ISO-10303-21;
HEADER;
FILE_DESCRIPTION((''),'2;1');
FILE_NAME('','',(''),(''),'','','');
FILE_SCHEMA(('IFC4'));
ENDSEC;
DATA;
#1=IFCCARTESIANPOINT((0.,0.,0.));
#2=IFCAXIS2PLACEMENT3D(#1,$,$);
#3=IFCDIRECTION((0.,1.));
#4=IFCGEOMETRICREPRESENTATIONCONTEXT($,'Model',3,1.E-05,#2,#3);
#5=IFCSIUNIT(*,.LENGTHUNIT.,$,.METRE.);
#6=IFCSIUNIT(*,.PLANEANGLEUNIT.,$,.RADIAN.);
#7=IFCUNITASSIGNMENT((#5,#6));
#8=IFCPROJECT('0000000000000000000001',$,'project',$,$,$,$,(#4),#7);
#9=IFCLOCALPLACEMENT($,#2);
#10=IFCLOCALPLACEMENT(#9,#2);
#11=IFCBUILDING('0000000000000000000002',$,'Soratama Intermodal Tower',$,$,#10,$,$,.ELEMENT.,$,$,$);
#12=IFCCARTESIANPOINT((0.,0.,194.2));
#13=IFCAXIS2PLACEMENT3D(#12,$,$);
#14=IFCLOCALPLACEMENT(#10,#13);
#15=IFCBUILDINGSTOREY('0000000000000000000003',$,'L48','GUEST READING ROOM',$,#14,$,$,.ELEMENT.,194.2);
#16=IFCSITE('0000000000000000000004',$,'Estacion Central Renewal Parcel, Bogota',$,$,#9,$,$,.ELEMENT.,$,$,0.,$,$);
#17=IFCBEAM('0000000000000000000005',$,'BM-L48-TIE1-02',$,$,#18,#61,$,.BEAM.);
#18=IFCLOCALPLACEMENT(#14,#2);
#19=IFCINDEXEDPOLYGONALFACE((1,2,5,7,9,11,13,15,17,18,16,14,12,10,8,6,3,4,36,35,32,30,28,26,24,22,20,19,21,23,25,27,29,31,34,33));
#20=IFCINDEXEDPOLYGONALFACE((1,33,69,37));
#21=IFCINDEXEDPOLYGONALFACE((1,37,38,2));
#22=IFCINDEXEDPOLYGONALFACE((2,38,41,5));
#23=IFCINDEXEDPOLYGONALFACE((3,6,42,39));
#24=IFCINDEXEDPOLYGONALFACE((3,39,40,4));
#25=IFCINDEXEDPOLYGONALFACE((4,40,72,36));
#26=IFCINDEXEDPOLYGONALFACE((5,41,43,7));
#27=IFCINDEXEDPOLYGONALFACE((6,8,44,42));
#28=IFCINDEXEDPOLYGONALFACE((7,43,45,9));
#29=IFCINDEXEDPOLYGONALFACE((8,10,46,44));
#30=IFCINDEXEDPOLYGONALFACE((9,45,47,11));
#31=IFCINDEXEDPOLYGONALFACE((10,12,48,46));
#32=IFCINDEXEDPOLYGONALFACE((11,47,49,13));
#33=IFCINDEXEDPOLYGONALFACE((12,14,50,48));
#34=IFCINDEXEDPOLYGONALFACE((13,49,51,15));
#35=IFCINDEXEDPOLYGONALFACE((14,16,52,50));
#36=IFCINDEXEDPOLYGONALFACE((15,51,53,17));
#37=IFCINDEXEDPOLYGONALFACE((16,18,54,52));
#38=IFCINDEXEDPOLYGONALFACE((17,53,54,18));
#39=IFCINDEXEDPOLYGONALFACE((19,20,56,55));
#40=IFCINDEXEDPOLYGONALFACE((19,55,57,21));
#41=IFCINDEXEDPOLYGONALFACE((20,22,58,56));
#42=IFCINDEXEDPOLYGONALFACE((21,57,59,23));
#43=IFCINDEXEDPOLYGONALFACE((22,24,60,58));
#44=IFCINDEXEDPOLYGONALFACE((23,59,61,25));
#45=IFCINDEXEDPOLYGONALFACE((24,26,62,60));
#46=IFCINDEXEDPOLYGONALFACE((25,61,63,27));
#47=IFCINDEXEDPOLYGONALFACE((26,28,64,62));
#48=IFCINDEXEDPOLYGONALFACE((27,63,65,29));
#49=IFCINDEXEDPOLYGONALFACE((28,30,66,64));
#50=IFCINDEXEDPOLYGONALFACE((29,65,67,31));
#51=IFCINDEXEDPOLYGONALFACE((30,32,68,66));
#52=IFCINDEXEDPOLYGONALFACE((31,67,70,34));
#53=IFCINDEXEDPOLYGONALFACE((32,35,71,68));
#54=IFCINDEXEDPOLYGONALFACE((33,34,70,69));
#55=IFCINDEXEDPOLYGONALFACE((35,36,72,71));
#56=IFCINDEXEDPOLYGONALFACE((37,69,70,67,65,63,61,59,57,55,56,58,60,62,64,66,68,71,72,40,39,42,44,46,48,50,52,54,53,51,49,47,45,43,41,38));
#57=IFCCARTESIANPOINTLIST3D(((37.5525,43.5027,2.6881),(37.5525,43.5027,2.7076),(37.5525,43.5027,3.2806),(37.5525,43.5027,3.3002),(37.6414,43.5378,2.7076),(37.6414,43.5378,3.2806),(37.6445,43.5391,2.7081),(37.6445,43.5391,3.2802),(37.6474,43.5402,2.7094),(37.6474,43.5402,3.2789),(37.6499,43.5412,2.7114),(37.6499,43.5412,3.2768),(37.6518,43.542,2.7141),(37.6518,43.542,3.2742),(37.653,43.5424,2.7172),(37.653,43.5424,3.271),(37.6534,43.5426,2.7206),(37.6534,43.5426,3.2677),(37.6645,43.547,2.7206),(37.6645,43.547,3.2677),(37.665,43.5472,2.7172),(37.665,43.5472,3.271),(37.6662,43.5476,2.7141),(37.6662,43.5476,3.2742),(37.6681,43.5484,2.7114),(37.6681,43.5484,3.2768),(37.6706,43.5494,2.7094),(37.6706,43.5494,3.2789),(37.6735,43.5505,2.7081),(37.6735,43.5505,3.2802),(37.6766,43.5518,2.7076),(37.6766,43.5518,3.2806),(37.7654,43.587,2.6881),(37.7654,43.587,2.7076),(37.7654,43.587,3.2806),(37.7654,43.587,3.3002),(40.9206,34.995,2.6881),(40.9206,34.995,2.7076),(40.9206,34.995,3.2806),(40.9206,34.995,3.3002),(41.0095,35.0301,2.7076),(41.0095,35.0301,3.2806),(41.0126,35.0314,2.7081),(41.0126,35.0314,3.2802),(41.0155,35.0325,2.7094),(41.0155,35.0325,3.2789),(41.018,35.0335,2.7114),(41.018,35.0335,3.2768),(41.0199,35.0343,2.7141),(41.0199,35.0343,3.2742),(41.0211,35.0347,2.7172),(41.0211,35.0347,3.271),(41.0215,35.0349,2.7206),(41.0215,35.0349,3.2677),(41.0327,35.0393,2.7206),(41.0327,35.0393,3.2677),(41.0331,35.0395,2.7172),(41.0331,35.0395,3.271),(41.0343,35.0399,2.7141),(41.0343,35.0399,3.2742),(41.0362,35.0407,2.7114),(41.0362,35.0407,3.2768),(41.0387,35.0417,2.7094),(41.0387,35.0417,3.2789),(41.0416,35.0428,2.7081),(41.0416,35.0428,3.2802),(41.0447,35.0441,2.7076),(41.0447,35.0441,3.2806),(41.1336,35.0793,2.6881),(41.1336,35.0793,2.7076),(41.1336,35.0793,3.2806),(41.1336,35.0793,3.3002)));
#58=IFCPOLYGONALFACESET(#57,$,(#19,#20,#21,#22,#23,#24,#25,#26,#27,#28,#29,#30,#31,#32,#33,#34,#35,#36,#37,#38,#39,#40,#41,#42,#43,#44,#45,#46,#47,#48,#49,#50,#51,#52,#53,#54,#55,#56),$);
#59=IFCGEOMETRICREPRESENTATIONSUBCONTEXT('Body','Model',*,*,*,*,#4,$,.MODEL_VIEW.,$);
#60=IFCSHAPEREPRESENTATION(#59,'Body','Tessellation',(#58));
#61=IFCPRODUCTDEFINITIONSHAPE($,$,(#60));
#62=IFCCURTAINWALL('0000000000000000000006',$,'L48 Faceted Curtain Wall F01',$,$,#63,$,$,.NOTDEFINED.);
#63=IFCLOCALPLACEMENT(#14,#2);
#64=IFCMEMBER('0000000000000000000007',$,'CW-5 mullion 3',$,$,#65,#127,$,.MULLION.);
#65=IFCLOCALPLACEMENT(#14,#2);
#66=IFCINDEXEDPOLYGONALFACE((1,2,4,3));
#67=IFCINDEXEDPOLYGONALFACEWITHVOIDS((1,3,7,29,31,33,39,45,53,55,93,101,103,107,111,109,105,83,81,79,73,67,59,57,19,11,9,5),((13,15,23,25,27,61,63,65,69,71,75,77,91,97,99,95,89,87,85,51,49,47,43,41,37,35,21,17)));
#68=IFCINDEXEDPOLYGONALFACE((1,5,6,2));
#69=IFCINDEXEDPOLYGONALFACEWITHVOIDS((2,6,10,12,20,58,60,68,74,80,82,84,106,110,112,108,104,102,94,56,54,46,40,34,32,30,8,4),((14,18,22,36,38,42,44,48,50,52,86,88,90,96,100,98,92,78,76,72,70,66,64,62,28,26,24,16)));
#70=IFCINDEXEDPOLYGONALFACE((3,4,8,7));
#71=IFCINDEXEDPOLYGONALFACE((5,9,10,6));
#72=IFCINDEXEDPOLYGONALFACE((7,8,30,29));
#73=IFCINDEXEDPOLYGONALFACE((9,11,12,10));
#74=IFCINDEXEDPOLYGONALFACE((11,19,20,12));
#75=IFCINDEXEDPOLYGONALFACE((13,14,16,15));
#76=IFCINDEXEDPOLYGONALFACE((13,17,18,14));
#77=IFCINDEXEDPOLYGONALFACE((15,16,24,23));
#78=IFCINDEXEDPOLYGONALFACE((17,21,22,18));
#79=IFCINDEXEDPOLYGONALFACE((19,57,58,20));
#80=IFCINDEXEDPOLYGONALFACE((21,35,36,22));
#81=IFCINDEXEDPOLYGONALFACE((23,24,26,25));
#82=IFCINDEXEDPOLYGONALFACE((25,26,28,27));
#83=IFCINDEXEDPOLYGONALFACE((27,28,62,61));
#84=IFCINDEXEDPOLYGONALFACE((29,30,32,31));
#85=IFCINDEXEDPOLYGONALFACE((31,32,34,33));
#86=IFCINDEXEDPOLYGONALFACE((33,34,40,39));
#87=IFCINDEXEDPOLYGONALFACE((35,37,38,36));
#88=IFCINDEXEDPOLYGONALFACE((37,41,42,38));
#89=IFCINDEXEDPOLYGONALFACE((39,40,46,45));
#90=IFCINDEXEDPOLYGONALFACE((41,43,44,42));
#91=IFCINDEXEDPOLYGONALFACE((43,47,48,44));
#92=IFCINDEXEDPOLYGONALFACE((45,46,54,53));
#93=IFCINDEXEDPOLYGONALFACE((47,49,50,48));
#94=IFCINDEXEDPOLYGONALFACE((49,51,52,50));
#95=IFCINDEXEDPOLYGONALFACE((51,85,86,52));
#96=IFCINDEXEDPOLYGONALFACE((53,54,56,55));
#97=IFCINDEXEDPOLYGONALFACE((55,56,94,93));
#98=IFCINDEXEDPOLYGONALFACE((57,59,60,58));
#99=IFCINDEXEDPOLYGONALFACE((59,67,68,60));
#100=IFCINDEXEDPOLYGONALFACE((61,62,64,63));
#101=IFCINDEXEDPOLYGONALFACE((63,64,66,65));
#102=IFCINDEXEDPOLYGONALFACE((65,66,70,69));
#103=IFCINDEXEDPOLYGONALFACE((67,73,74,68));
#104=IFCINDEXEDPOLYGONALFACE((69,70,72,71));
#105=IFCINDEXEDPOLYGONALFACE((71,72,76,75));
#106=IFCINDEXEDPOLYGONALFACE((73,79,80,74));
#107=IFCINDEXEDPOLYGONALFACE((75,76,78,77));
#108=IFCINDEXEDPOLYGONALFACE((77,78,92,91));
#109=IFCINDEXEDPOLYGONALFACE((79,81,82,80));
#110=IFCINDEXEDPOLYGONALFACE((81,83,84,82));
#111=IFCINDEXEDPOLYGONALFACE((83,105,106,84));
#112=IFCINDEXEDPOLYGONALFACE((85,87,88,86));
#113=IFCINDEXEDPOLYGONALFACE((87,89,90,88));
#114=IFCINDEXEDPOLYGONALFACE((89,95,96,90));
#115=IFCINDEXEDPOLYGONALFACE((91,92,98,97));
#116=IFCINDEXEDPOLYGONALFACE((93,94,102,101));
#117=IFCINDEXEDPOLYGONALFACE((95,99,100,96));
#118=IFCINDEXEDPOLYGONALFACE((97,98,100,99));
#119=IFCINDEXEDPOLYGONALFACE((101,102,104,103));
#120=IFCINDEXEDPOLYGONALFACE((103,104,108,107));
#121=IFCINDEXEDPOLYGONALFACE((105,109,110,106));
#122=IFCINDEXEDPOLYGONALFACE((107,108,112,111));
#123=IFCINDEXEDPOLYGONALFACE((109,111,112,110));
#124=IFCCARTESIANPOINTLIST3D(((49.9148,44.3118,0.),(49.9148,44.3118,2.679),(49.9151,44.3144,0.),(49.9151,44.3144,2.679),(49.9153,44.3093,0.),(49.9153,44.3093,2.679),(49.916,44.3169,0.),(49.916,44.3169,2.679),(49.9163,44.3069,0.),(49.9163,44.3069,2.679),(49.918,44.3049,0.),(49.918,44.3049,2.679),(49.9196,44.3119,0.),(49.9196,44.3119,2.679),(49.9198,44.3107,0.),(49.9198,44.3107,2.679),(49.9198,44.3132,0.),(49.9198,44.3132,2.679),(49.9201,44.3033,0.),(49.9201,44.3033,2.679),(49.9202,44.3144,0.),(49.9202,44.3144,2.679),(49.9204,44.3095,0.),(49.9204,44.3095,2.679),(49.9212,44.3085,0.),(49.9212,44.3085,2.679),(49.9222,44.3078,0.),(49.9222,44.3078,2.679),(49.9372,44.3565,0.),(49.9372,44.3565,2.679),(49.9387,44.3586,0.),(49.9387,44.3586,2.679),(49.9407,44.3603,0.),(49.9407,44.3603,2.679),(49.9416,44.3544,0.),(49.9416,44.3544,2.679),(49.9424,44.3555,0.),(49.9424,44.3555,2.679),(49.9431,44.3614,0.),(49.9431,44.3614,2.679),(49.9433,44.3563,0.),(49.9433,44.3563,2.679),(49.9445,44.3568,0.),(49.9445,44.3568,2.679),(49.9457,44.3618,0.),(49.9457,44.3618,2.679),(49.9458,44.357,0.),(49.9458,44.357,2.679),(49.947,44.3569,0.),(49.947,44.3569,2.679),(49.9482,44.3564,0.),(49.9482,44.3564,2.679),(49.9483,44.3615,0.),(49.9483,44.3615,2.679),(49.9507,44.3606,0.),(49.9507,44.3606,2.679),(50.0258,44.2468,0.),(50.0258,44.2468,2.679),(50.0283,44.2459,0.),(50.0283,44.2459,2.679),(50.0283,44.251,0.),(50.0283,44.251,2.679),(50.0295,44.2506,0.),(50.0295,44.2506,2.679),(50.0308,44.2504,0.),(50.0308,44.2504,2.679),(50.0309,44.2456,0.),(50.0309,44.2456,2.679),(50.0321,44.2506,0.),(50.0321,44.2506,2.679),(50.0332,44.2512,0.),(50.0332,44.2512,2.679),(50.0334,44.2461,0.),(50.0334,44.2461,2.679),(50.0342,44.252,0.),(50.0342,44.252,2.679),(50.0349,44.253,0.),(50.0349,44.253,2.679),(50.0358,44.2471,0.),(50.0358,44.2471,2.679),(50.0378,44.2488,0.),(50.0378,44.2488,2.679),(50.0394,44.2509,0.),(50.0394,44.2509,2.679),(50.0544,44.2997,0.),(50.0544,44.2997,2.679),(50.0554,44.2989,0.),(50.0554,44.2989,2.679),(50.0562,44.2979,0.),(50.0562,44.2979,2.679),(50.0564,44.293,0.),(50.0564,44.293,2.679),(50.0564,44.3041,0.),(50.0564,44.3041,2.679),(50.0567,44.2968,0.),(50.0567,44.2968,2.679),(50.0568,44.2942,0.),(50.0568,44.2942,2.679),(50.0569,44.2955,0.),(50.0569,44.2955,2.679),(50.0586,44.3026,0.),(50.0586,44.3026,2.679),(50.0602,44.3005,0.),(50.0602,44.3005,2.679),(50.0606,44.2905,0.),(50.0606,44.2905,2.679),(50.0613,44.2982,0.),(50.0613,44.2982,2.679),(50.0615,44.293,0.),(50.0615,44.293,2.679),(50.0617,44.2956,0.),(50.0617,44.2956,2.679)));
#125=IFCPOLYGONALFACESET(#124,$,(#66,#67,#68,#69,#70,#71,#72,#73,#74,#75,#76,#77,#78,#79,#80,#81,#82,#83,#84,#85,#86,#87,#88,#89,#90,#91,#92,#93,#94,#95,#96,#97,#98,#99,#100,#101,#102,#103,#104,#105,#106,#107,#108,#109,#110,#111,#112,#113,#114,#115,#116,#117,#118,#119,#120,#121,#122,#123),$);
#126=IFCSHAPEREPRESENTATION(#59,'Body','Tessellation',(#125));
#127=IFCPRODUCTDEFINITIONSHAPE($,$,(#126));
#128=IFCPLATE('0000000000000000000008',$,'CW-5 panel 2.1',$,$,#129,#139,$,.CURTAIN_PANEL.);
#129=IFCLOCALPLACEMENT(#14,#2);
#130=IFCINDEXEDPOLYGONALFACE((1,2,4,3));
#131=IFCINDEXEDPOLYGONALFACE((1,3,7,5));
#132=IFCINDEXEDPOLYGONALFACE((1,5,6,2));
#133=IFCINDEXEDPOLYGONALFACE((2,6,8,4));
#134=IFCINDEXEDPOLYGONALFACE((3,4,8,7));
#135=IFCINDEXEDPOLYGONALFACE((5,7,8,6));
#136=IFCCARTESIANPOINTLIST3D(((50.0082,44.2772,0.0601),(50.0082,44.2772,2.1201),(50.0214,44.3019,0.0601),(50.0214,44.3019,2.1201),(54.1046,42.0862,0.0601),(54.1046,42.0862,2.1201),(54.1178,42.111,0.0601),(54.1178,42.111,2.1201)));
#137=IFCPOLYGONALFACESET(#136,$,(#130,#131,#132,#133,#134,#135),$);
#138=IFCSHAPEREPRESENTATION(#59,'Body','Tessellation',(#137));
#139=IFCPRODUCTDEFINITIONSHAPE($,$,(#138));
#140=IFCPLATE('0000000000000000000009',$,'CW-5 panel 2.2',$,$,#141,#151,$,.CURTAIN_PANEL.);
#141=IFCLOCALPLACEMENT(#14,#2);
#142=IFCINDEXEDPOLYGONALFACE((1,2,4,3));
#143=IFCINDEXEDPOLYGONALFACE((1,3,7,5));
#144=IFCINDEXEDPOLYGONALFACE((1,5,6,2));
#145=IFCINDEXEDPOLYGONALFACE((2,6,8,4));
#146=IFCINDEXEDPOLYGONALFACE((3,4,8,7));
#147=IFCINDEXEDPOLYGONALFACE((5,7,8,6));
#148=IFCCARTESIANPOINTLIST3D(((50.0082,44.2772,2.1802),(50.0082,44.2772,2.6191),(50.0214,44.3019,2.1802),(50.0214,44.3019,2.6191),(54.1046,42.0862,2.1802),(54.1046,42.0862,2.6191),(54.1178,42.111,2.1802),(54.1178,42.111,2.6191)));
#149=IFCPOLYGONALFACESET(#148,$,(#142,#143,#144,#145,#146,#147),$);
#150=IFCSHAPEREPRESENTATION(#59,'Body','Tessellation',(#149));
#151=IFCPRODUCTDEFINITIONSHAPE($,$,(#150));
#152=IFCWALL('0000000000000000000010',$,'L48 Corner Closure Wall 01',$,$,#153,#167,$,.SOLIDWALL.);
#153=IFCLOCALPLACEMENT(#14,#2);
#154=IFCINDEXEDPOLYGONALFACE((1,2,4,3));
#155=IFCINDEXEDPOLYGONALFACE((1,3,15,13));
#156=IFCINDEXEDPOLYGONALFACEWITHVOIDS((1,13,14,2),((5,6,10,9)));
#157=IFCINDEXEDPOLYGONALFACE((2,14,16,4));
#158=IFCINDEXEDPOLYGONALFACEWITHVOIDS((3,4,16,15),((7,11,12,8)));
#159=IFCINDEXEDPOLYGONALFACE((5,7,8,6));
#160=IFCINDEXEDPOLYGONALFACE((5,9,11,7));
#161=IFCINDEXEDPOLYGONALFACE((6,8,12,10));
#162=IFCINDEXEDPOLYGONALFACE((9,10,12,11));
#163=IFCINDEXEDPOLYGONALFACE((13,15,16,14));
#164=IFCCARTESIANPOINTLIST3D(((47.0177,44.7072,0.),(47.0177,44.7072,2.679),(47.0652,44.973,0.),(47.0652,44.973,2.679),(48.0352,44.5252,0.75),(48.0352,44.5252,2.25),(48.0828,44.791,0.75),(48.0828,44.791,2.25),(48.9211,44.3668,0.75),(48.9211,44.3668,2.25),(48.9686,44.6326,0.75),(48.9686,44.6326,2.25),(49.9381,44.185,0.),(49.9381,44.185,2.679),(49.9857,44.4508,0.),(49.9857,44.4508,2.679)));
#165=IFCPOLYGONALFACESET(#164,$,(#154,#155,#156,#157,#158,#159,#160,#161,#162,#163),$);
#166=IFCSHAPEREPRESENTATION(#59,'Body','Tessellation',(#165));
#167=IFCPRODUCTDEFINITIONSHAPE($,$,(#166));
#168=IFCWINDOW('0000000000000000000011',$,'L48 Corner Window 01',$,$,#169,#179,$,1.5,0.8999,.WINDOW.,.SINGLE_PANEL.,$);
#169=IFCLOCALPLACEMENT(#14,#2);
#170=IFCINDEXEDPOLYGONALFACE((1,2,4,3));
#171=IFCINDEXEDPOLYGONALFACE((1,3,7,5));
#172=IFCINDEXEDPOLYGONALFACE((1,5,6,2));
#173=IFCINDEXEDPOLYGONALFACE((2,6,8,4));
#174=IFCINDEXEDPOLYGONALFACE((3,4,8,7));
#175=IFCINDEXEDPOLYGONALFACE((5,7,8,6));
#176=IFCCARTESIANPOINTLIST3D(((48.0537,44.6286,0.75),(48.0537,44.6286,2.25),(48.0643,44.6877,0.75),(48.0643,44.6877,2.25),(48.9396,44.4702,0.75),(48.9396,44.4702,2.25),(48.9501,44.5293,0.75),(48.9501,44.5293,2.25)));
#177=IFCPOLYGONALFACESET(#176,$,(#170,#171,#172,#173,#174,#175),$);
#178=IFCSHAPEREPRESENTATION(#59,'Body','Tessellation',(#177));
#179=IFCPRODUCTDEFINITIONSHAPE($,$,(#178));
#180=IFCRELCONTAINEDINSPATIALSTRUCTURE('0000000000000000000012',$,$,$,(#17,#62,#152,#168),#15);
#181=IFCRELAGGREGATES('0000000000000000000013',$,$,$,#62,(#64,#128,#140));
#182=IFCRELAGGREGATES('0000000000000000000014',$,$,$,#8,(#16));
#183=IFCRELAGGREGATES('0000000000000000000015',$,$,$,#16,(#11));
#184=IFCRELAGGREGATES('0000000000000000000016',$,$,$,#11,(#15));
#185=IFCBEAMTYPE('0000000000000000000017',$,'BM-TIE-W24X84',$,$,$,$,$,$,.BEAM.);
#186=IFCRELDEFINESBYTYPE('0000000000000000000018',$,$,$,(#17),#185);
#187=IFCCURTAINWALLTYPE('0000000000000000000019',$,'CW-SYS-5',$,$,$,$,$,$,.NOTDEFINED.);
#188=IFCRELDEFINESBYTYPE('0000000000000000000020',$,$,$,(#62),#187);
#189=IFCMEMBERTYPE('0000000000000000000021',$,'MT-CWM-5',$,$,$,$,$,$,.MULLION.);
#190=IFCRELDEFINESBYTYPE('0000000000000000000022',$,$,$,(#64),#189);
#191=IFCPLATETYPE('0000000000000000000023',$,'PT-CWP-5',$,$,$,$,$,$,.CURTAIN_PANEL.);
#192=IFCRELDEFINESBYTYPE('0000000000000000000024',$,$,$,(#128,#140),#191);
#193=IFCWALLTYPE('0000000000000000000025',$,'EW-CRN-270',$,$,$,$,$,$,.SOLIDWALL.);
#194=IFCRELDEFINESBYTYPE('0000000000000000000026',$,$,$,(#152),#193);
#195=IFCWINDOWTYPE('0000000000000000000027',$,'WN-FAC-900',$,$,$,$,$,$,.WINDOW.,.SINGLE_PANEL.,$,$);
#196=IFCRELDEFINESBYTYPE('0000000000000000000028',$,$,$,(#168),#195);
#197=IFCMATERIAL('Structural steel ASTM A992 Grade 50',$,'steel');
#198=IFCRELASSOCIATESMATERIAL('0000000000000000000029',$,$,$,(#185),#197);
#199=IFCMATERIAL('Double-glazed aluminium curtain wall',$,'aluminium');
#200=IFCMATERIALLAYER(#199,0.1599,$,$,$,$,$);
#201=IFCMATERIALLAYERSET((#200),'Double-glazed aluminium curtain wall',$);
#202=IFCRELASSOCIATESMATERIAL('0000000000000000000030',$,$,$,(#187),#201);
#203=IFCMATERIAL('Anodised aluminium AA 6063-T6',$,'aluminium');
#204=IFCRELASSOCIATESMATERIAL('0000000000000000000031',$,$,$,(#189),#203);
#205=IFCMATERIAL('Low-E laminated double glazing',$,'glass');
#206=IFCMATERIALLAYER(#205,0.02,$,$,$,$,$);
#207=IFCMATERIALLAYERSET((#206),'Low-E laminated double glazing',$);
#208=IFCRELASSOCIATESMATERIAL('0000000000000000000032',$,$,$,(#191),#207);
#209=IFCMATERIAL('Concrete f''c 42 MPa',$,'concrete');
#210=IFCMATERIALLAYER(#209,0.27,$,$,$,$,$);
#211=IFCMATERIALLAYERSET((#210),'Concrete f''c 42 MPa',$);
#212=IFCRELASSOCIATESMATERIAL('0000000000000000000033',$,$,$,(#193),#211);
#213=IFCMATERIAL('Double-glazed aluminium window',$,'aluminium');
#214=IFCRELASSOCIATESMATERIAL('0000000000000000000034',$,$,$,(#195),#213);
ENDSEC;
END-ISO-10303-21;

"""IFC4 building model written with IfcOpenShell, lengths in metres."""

from ifc_helpers import new_model, si_unit, direction, frame, frame_2d, origin, origin_2d, place, context, subcontext, project, spatial, rectangle, hollow_rectangle, i_section, extrude, material, layer, layer_set, material_profile, profile_set, type_object, element, fill, aggregate, save


model = new_model("IFC4")

# Units and contexts
model_context = context("Model", 3, precision=1e-05, world=origin(), true_north=direction((0.0, 1.0)))
body_context = subcontext(model_context, "Body", "Model", "MODEL_VIEW")
ifc_project = project(units=[si_unit("LENGTHUNIT", "METRE"), si_unit("PLANEANGLEUNIT", "RADIAN")], contexts=[model_context])

# Site, building, storey
site_placement = place(None, origin())
site = spatial("IfcSite", under=ifc_project, at=site_placement, Name="Estacion Central Renewal Parcel, Bogota", CompositionType="ELEMENT", RefElevation=0.0)
building_placement = place(site_placement, origin())
building = spatial("IfcBuilding", under=site, at=building_placement, Name="Soratama Intermodal Tower", CompositionType="ELEMENT")
storey_placement = place(building_placement, frame((0.0, 0.0, 194.2)))
storey = spatial("IfcBuildingStorey", under=building, at=storey_placement, Name="L48", Description="GUEST READING ROOM", CompositionType="ELEMENT", Elevation=194.2)

# Beam
ifc_material_1 = material(Name="Structural steel ASTM A992 Grade 50", Category="steel")
ifc_material_profile_1 = material_profile(ifc_material_1, i_section(OverallWidth=0.229, OverallDepth=0.6121, WebThickness=0.012, FlangeThickness=0.0195, FilletRadius=0.0129, at=origin_2d()), Name="W24X84")
ifc_profile_set_1 = profile_set([ifc_material_profile_1], Name="Structural steel ASTM A992 Grade 50")
beam_type_1 = type_object("IfcBeamType", Name="BM-TIE-W24X84", PredefinedType="BEAM", material=ifc_profile_set_1)
beam_1_placement = place(storey_placement, frame((41.0271, 35.0371, 2.9941), z_axis=(-0.368095, 0.929788, 0.0), x_axis=(-0.929788, -0.368095, 0.0)))
element("IfcBeam", 1, at=beam_1_placement, inside=storey, type_object=beam_type_1, Name="BM-L48-TIE1-02", PredefinedType="BEAM", context=body_context, shape_type="SweptSolid", body=[
    extrude(i_section(OverallWidth=0.229, OverallDepth=0.6121, WebThickness=0.012, FlangeThickness=0.0195, FilletRadius=0.0129, at=origin_2d()), origin(), (0.0, 0.0, 1.0), 9.1501),
])

# Curtain wall, member, plates
ifc_material_2 = material(Name="Double-glazed aluminium curtain wall", Category="aluminium")
ifc_layer_1 = layer(ifc_material_2, 0.1599)
ifc_layer_set_1 = layer_set([ifc_layer_1], Name="Double-glazed aluminium curtain wall")
curtain_wall_type = type_object("IfcCurtainWallType", Name="CW-SYS-5", PredefinedType="NOTDEFINED", material=ifc_layer_set_1)
curtain_wall_placement = place(storey_placement, origin())
curtain_wall = element("IfcCurtainWall", 2, at=curtain_wall_placement, inside=storey, type_object=curtain_wall_type, Name="L48 Faceted Curtain Wall F01", PredefinedType="NOTDEFINED")
ifc_material_3 = material(Name="Anodised aluminium AA 6063-T6", Category="aluminium")
ifc_material_profile_2 = material_profile(ifc_material_3, hollow_rectangle(XDim=0.0649, YDim=0.1399, WallThickness=0.0049, InnerFilletRadius=0.0049, OuterFilletRadius=0.01, at=origin_2d()), Name="CWM140X65X5")
ifc_profile_set_2 = profile_set([ifc_material_profile_2], Name="Anodised aluminium AA 6063-T6")
member_type = type_object("IfcMemberType", Name="MT-CWM-5", PredefinedType="MULLION", material=ifc_profile_set_2)
member_placement = place(storey_placement, frame((49.9883, 44.3037, 0.0), z_axis=(0.0, 0.0, 1.0), x_axis=(-0.471625, -0.881799, 0.0)))
member = element("IfcMember", 3, at=member_placement, type_object=member_type, Name="CW-5 mullion 3", PredefinedType="MULLION", context=body_context, shape_type="SweptSolid", body=[
    extrude(hollow_rectangle(XDim=0.0649, YDim=0.1399, WallThickness=0.0049, InnerFilletRadius=0.0049, OuterFilletRadius=0.01, at=origin_2d()), origin(), (0.0, 0.0, 1.0), 2.679),
])
ifc_material_4 = material(Name="Low-E laminated double glazing", Category="glass")
ifc_layer_2 = layer(ifc_material_4, 0.02)
ifc_layer_set_2 = layer_set([ifc_layer_2], Name="Low-E laminated double glazing")
plate_type = type_object("IfcPlateType", Name="PT-CWP-5", PredefinedType="CURTAIN_PANEL", material=ifc_layer_set_2)
plate_1_placement = place(storey_placement, frame((52.063, 43.1941, 0.0601), z_axis=(0.0, 0.0, 1.0), x_axis=(-0.881799, 0.471625, 0.0)))
plate_1 = element("IfcPlate", 4, at=plate_1_placement, type_object=plate_type, Name="CW-5 panel 2.1", PredefinedType="CURTAIN_PANEL", context=body_context, shape_type="SweptSolid", body=[
    extrude(rectangle(XDim=4.6455, YDim=0.0281, at=origin_2d()), origin(), (0.0, 0.0, 1.0), 2.0601),
])
plate_2_placement = place(storey_placement, frame((52.063, 43.1941, 2.1802), z_axis=(0.0, 0.0, 1.0), x_axis=(-0.881799, 0.471625, 0.0)))
plate_2 = element("IfcPlate", 5, at=plate_2_placement, type_object=plate_type, Name="CW-5 panel 2.2", PredefinedType="CURTAIN_PANEL", context=body_context, shape_type="SweptSolid", body=[
    extrude(rectangle(XDim=4.6455, YDim=0.0281, at=origin_2d()), origin(), (0.0, 0.0, 1.0), 0.439),
])
aggregate(curtain_wall, [member, plate_1, plate_2])

# Wall, opening, window
ifc_material_5 = material(Name="Concrete f'c 42 MPa", Category="concrete")
ifc_layer_3 = layer(ifc_material_5, 0.27)
ifc_layer_set_3 = layer_set([ifc_layer_3], Name="Concrete f'c 42 MPa")
wall_type_1 = type_object("IfcWallType", Name="EW-CRN-270", PredefinedType="SOLIDWALL", material=ifc_layer_set_3)
wall_1_placement = place(storey_placement, frame((49.9619, 44.3179, 0.0), z_axis=(0.0, 0.0, 1.0), x_axis=(-0.984386, 0.176024, 0.0)))
wall_1 = element("IfcWall", 6, at=wall_1_placement, inside=storey, type_object=wall_type_1, Name="L48 Corner Closure Wall 01", PredefinedType="SOLIDWALL", context=body_context, shape_type="SweptSolid", body=[
    extrude(rectangle(XDim=2.9668, YDim=0.27, at=frame_2d((1.4834, 0.0))), origin(), (0.0, 0.0, 1.0), 2.679),
])
opening_1_placement = place(wall_1_placement, frame((1.0332, 0.0, 0.75)))
opening_1 = element("IfcOpeningElement", 7, at=opening_1_placement, cuts=wall_1, PredefinedType="OPENING", context=body_context, shape_type="SweptSolid", body=[
    extrude(rectangle(XDim=0.8999, YDim=1.5, at=frame_2d((0.45, 0.75))), frame((0.0, 0.145, 0.0), z_axis=(0.0, -1.0, 0.0), x_axis=(1.0, 0.0, 0.0)), (0.0, 0.0, 1.0), 0.29),
])
ifc_material_6 = material(Name="Double-glazed aluminium window", Category="aluminium")
window_type_1 = type_object("IfcWindowType", Name="WN-FAC-900", PartitioningType="SINGLE_PANEL", PredefinedType="WINDOW", material=ifc_material_6)
window_1_placement = place(opening_1_placement, origin())
window_1 = element("IfcWindow", 8, at=window_1_placement, inside=storey, type_object=window_type_1, Name="L48 Corner Window 01", OverallHeight=1.5, OverallWidth=0.8999, PartitioningType="SINGLE_PANEL", PredefinedType="WINDOW", context=body_context, shape_type="SweptSolid", body=[
    extrude(rectangle(XDim=0.8999, YDim=1.5, at=frame_2d((0.45, 0.75))), frame((0.0, 0.03, 0.0), z_axis=(0.0, -1.0, 0.0), x_axis=(1.0, 0.0, 0.0)), (0.0, 0.0, 1.0), 0.0601),
])
fill(opening_1, window_1)

save(model, "model.ifc")
